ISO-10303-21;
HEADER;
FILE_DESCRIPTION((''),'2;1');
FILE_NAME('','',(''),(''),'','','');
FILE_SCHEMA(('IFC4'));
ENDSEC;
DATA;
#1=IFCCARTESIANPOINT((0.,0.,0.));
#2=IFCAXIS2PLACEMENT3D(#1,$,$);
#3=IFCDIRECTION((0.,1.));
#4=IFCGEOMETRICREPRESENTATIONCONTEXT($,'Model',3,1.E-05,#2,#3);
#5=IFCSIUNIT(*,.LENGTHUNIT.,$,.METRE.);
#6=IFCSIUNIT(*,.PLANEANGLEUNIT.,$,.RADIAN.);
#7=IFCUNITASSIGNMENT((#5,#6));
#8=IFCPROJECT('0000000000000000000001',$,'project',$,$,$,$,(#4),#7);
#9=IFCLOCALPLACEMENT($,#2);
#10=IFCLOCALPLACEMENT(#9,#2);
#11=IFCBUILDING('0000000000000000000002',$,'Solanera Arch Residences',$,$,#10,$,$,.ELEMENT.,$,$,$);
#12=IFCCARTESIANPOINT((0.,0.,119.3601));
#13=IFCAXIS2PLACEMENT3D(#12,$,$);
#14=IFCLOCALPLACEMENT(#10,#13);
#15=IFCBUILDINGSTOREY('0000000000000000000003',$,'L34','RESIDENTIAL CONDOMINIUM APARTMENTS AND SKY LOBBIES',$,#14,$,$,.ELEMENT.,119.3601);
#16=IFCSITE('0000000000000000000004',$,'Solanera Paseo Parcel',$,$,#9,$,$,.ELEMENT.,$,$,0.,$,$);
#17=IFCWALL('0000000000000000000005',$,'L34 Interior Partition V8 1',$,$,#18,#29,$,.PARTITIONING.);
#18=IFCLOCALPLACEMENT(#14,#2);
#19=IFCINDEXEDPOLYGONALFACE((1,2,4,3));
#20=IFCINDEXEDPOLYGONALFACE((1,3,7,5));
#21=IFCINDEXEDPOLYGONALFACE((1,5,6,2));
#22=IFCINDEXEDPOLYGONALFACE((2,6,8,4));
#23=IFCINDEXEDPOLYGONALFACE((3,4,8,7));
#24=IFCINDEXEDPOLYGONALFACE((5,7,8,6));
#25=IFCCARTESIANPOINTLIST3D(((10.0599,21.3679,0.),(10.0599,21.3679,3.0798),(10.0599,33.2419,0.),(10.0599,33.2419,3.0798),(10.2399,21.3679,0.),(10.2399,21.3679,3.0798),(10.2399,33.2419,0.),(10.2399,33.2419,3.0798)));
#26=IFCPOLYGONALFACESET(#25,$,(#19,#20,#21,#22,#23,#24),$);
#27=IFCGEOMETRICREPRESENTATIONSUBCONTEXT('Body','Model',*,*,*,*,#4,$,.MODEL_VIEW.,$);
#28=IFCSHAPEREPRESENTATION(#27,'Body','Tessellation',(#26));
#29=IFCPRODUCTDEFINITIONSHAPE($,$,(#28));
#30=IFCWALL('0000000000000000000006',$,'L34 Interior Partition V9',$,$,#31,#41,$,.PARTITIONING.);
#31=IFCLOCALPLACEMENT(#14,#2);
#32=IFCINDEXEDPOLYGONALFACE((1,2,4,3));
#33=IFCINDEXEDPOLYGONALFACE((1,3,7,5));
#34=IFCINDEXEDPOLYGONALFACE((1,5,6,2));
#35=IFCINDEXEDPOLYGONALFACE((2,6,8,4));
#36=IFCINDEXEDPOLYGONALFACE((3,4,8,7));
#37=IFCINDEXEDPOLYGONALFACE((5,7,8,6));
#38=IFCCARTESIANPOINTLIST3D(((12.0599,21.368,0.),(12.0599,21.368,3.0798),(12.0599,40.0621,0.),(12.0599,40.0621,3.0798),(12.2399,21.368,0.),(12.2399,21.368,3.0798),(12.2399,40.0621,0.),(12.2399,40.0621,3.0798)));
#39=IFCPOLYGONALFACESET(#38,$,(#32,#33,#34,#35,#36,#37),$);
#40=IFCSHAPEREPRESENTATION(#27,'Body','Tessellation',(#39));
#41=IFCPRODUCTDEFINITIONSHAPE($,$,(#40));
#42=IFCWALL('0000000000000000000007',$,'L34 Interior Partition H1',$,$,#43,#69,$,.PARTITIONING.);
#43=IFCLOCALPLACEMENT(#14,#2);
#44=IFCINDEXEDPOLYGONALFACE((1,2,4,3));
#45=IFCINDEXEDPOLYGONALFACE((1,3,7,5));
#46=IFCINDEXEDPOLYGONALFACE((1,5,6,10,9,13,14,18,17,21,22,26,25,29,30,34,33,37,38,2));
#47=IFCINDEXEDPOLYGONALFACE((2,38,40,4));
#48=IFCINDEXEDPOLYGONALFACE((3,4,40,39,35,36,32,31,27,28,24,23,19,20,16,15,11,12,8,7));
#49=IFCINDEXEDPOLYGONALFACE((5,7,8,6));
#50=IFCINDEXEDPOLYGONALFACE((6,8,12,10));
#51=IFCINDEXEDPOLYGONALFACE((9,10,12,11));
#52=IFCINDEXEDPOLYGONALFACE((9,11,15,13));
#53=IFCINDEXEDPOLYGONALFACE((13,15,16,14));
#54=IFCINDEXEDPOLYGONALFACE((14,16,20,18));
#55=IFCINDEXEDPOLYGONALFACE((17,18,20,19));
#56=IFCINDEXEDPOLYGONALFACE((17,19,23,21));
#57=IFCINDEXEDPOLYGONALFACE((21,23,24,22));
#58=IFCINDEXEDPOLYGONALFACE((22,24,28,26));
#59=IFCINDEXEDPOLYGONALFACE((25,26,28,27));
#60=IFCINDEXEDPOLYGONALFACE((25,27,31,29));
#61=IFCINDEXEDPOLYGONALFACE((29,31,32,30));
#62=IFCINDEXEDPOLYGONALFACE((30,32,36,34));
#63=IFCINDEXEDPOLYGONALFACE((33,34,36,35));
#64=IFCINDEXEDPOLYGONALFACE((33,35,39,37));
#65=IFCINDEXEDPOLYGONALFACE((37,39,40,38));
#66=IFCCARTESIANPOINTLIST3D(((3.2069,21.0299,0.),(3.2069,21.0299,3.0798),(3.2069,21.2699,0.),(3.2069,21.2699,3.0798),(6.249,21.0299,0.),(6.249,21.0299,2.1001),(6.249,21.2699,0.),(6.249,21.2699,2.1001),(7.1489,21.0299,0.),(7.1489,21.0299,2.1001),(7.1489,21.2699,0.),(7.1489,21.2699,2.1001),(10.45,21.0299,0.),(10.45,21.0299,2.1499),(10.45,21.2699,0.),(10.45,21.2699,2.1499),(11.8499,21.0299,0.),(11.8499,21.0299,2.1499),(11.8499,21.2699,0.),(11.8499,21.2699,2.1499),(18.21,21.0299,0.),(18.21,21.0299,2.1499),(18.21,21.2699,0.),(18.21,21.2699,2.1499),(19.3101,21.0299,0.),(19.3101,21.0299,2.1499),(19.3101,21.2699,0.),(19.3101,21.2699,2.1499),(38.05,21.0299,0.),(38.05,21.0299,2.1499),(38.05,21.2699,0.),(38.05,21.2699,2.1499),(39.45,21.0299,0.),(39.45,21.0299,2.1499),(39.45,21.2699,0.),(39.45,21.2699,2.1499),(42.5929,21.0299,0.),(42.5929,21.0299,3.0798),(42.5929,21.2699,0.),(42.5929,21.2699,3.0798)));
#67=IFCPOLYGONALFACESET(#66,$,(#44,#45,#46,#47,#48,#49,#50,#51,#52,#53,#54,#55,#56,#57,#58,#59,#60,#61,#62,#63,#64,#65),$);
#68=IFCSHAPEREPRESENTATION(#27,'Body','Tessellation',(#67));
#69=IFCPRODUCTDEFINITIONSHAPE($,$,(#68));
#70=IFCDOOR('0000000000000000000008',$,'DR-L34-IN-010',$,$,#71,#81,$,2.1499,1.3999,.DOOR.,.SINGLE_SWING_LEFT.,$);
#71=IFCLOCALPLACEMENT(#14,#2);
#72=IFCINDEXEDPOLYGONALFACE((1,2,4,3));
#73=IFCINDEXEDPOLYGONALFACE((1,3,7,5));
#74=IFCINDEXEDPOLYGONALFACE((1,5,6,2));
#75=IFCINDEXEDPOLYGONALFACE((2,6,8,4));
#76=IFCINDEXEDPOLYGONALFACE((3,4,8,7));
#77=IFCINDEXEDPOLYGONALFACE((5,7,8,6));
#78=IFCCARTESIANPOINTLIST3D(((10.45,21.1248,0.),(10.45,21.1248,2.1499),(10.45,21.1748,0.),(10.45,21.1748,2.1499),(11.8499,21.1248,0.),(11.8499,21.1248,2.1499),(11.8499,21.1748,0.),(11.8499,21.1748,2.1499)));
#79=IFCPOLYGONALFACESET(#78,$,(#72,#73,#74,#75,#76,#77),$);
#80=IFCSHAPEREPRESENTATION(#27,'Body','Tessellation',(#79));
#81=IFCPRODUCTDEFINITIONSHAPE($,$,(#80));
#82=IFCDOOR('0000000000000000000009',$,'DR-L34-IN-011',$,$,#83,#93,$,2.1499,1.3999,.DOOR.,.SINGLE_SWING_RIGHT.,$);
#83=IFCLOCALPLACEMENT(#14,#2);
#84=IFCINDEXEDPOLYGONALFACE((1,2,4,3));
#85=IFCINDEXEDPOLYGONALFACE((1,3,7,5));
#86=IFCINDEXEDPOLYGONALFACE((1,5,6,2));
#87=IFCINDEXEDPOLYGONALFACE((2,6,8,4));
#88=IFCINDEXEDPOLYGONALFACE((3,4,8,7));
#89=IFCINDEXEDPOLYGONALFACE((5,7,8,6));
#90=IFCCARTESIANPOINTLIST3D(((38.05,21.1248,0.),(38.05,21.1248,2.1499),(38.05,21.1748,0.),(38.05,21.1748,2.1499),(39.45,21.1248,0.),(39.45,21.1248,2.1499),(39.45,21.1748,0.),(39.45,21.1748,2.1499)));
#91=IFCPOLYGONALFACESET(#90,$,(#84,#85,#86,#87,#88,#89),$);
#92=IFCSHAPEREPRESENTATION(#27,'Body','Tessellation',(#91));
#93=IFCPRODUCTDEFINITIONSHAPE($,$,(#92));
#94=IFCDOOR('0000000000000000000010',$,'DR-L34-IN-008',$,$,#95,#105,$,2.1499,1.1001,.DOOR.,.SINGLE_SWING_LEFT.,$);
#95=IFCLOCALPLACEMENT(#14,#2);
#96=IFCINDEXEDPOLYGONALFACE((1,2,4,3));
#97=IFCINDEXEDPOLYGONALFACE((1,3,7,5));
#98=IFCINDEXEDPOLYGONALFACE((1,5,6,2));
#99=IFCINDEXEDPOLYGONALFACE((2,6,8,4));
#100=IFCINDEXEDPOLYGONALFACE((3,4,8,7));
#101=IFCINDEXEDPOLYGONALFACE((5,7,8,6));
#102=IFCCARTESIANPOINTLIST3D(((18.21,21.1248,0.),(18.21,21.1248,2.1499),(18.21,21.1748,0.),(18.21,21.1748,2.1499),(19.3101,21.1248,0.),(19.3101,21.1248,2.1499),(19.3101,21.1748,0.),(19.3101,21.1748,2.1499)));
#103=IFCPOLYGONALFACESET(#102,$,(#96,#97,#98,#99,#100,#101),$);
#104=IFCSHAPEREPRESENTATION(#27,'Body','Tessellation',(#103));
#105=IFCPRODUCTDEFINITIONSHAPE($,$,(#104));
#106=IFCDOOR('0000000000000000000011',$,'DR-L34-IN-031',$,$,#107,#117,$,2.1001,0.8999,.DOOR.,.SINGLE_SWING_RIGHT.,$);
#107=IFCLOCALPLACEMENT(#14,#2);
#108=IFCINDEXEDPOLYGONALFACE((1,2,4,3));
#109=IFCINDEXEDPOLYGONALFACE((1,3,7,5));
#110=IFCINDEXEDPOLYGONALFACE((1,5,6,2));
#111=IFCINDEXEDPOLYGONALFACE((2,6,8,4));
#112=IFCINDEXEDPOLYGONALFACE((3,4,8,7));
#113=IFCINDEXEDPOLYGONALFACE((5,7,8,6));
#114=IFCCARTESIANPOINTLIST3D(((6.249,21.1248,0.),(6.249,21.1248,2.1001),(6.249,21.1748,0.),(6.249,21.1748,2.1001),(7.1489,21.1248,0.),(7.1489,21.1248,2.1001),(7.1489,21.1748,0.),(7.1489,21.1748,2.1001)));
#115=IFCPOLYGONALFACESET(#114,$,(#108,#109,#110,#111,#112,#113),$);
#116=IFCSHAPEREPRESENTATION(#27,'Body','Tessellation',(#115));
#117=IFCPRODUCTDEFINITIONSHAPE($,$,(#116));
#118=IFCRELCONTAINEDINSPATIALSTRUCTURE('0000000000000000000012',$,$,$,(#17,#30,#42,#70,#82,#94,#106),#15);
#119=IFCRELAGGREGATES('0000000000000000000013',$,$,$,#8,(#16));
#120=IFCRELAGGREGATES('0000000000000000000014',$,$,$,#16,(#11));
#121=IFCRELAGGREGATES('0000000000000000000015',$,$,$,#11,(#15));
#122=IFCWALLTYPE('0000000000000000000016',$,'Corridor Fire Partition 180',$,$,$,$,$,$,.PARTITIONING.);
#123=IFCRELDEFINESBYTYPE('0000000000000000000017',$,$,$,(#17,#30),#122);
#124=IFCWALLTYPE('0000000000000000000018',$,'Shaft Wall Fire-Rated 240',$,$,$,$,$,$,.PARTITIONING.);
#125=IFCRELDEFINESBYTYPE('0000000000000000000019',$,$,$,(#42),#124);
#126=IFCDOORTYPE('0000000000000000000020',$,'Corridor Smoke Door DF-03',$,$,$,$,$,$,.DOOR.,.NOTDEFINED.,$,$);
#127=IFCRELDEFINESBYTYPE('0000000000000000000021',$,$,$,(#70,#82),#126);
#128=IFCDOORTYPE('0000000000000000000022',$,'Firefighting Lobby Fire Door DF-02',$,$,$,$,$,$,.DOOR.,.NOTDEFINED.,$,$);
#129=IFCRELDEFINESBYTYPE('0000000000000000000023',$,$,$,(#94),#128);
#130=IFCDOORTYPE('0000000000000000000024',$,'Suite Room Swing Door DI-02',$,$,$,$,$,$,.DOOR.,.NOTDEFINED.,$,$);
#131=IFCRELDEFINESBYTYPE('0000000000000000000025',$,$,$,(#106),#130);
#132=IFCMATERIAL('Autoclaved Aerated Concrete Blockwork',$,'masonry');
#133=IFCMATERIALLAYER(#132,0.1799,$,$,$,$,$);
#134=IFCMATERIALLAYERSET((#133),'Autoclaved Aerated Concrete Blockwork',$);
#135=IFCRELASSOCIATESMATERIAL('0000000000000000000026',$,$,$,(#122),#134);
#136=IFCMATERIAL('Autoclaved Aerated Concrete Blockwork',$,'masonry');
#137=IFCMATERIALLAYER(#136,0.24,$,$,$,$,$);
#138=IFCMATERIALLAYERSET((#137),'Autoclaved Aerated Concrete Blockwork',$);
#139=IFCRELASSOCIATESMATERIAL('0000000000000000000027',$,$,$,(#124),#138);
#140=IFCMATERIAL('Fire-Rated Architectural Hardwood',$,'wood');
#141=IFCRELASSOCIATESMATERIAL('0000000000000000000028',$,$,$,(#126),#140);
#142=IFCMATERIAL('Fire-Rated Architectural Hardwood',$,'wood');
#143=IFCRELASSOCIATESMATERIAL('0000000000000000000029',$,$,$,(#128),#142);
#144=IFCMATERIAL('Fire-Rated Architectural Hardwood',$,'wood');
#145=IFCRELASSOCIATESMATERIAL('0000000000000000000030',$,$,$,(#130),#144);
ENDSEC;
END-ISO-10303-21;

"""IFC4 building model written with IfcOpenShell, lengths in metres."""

from ifc_helpers import new_model, si_unit, direction, frame, frame_2d, origin, place, context, subcontext, project, spatial, rectangle, extrude, material, layer, layer_set, type_object, element, fill, save


model = new_model("IFC4")

# Units and contexts
model_context = context("Model", 3, precision=1e-05, world=origin(), true_north=direction((0.0, 1.0)))
body_context = subcontext(model_context, "Body", "Model", "MODEL_VIEW")
ifc_project = project(units=[si_unit("LENGTHUNIT", "METRE"), si_unit("PLANEANGLEUNIT", "RADIAN")], contexts=[model_context])

# Site, building, storey
site_placement = place(None, origin())
site = spatial("IfcSite", under=ifc_project, at=site_placement, Name="Solanera Paseo Parcel", CompositionType="ELEMENT", RefElevation=0.0)
building_placement = place(site_placement, origin())
building = spatial("IfcBuilding", under=site, at=building_placement, Name="Solanera Arch Residences", CompositionType="ELEMENT")
storey_placement = place(building_placement, frame((0.0, 0.0, 119.3601)))
storey = spatial("IfcBuildingStorey", under=building, at=storey_placement, Name="L34", Description="RESIDENTIAL CONDOMINIUM APARTMENTS AND SKY LOBBIES", CompositionType="ELEMENT", Elevation=119.3601)

# Walls
ifc_material_1 = material(Name="Autoclaved Aerated Concrete Blockwork", Category="masonry")
ifc_layer_1 = layer(ifc_material_1, 0.1799)
ifc_layer_set_1 = layer_set([ifc_layer_1], Name="Autoclaved Aerated Concrete Blockwork")
wall_type_1 = type_object("IfcWallType", Name="Corridor Fire Partition 180", PredefinedType="PARTITIONING", material=ifc_layer_set_1)
wall_1_placement = place(storey_placement, frame((10.1499, 21.3679, 0.0), z_axis=(0.0, 0.0, 1.0), x_axis=(0.0, 1.0, 0.0)))
element("IfcWall", 1, at=wall_1_placement, inside=storey, type_object=wall_type_1, Name="L34 Interior Partition V8 1", PredefinedType="PARTITIONING", context=body_context, shape_type="SweptSolid", body=[
    extrude(rectangle(XDim=11.874, YDim=0.1799, at=frame_2d((5.937, 0.0))), origin(), (0.0, 0.0, 1.0), 3.0798),
])
wall_2_placement = place(storey_placement, frame((12.1499, 21.3679, 0.0), z_axis=(0.0, 0.0, 1.0), x_axis=(0.0, 1.0, 0.0)))
element("IfcWall", 2, at=wall_2_placement, inside=storey, type_object=wall_type_1, Name="L34 Interior Partition V9", PredefinedType="PARTITIONING", context=body_context, shape_type="SweptSolid", body=[
    extrude(rectangle(XDim=18.6941, YDim=0.1799, at=frame_2d((9.3472, 0.0))), origin(), (0.0, 0.0, 1.0), 3.0798),
])

# Wall, openings, doors
ifc_material_2 = material(Name="Autoclaved Aerated Concrete Blockwork", Category="masonry")
ifc_layer_2 = layer(ifc_material_2, 0.24)
ifc_layer_set_2 = layer_set([ifc_layer_2], Name="Autoclaved Aerated Concrete Blockwork")
wall_type_2 = type_object("IfcWallType", Name="Shaft Wall Fire-Rated 240", PredefinedType="PARTITIONING", material=ifc_layer_set_2)
wall_3_placement = place(storey_placement, frame((3.207, 21.1499, 0.0), z_axis=(0.0, 0.0, 1.0), x_axis=(1.0, 0.0, 0.0)))
wall_3 = element("IfcWall", 3, at=wall_3_placement, inside=storey, type_object=wall_type_2, Name="L34 Interior Partition H1", PredefinedType="PARTITIONING", context=body_context, shape_type="SweptSolid", body=[
    extrude(rectangle(XDim=39.386, YDim=0.24, at=frame_2d((19.6929, 0.0))), origin(), (0.0, 0.0, 1.0), 3.0798),
])
opening_1_placement = place(wall_3_placement, frame((15.0029, 0.0, 0.0)))
opening_1 = element("IfcOpeningElement", 4, at=opening_1_placement, cuts=wall_3, PredefinedType="OPENING", context=body_context, shape_type="SweptSolid", body=[
    extrude(rectangle(XDim=1.1001, YDim=2.1499, at=frame_2d((0.55, 1.075))), frame((0.0, 0.1299, 0.0), z_axis=(0.0, -1.0, 0.0), x_axis=(1.0, 0.0, 0.0)), (0.0, 0.0, 1.0), 0.26),
])
opening_2_placement = place(wall_3_placement, frame((7.2429, 0.0, 0.0)))
opening_2 = element("IfcOpeningElement", 5, at=opening_2_placement, cuts=wall_3, PredefinedType="OPENING", context=body_context, shape_type="SweptSolid", body=[
    extrude(rectangle(XDim=1.3999, YDim=2.1499, at=frame_2d((0.7, 1.075))), frame((0.0, 0.1299, 0.0), z_axis=(0.0, -1.0, 0.0), x_axis=(1.0, 0.0, 0.0)), (0.0, 0.0, 1.0), 0.26),
])
opening_3_placement = place(wall_3_placement, frame((34.843, 0.0, 0.0)))
opening_3 = element("IfcOpeningElement", 6, at=opening_3_placement, cuts=wall_3, PredefinedType="OPENING", context=body_context, shape_type="SweptSolid", body=[
    extrude(rectangle(XDim=1.3999, YDim=2.1499, at=frame_2d((0.7, 1.075))), frame((0.0, 0.1299, 0.0), z_axis=(0.0, -1.0, 0.0), x_axis=(1.0, 0.0, 0.0)), (0.0, 0.0, 1.0), 0.26),
])
opening_4_placement = place(wall_3_placement, frame((3.042, 0.0, 0.0)))
opening_4 = element("IfcOpeningElement", 7, at=opening_4_placement, cuts=wall_3, PredefinedType="OPENING", context=body_context, shape_type="SweptSolid", body=[
    extrude(rectangle(XDim=0.8999, YDim=2.1001, at=frame_2d((0.45, 1.05))), frame((0.0, 0.1299, 0.0), z_axis=(0.0, -1.0, 0.0), x_axis=(1.0, 0.0, 0.0)), (0.0, 0.0, 1.0), 0.26),
])
ifc_material_3 = material(Name="Fire-Rated Architectural Hardwood", Category="wood")
door_type_1 = type_object("IfcDoorType", Name="Corridor Smoke Door DF-03", OperationType="NOTDEFINED", PredefinedType="DOOR", material=ifc_material_3)
door_1_placement = place(opening_2_placement, origin())
door_1 = element("IfcDoor", 8, at=door_1_placement, inside=storey, type_object=door_type_1, Name="DR-L34-IN-010", OperationType="SINGLE_SWING_LEFT", OverallHeight=2.1499, OverallWidth=1.3999, PredefinedType="DOOR", context=body_context, shape_type="SweptSolid", body=[
    extrude(rectangle(XDim=1.3999, YDim=2.1499, at=frame_2d((0.7, 1.075))), frame((0.0, 0.0249, 0.0), z_axis=(0.0, -1.0, 0.0), x_axis=(1.0, 0.0, 0.0)), (0.0, 0.0, 1.0), 0.05),
])
fill(opening_2, door_1)
door_2_placement = place(opening_3_placement, origin())
door_2 = element("IfcDoor", 9, at=door_2_placement, inside=storey, type_object=door_type_1, Name="DR-L34-IN-011", OperationType="SINGLE_SWING_RIGHT", OverallHeight=2.1499, OverallWidth=1.3999, PredefinedType="DOOR", context=body_context, shape_type="SweptSolid", body=[
    extrude(rectangle(XDim=1.3999, YDim=2.1499, at=frame_2d((0.7, 1.075))), frame((0.0, 0.0249, 0.0), z_axis=(0.0, -1.0, 0.0), x_axis=(1.0, 0.0, 0.0)), (0.0, 0.0, 1.0), 0.05),
])
fill(opening_3, door_2)
ifc_material_4 = material(Name="Fire-Rated Architectural Hardwood", Category="wood")
door_type_2 = type_object("IfcDoorType", Name="Firefighting Lobby Fire Door DF-02", OperationType="NOTDEFINED", PredefinedType="DOOR", material=ifc_material_4)
door_3_placement = place(opening_1_placement, origin())
door_3 = element("IfcDoor", 10, at=door_3_placement, inside=storey, type_object=door_type_2, Name="DR-L34-IN-008", OperationType="SINGLE_SWING_LEFT", OverallHeight=2.1499, OverallWidth=1.1001, PredefinedType="DOOR", context=body_context, shape_type="SweptSolid", body=[
    extrude(rectangle(XDim=1.1001, YDim=2.1499, at=frame_2d((0.55, 1.075))), frame((0.0, 0.0249, 0.0), z_axis=(0.0, -1.0, 0.0), x_axis=(1.0, 0.0, 0.0)), (0.0, 0.0, 1.0), 0.05),
])
fill(opening_1, door_3)
ifc_material_5 = material(Name="Fire-Rated Architectural Hardwood", Category="wood")
door_type_3 = type_object("IfcDoorType", Name="Suite Room Swing Door DI-02", OperationType="NOTDEFINED", PredefinedType="DOOR", material=ifc_material_5)
door_4_placement = place(opening_4_placement, origin())
door_4 = element("IfcDoor", 11, at=door_4_placement, inside=storey, type_object=door_type_3, Name="DR-L34-IN-031", OperationType="SINGLE_SWING_RIGHT", OverallHeight=2.1001, OverallWidth=0.8999, PredefinedType="DOOR", context=body_context, shape_type="SweptSolid", body=[
    extrude(rectangle(XDim=0.8999, YDim=2.1001, at=frame_2d((0.45, 1.05))), frame((0.0, 0.0249, 0.0), z_axis=(0.0, -1.0, 0.0), x_axis=(1.0, 0.0, 0.0)), (0.0, 0.0, 1.0), 0.05),
])
fill(opening_4, door_4)

save(model, "model.ifc")
